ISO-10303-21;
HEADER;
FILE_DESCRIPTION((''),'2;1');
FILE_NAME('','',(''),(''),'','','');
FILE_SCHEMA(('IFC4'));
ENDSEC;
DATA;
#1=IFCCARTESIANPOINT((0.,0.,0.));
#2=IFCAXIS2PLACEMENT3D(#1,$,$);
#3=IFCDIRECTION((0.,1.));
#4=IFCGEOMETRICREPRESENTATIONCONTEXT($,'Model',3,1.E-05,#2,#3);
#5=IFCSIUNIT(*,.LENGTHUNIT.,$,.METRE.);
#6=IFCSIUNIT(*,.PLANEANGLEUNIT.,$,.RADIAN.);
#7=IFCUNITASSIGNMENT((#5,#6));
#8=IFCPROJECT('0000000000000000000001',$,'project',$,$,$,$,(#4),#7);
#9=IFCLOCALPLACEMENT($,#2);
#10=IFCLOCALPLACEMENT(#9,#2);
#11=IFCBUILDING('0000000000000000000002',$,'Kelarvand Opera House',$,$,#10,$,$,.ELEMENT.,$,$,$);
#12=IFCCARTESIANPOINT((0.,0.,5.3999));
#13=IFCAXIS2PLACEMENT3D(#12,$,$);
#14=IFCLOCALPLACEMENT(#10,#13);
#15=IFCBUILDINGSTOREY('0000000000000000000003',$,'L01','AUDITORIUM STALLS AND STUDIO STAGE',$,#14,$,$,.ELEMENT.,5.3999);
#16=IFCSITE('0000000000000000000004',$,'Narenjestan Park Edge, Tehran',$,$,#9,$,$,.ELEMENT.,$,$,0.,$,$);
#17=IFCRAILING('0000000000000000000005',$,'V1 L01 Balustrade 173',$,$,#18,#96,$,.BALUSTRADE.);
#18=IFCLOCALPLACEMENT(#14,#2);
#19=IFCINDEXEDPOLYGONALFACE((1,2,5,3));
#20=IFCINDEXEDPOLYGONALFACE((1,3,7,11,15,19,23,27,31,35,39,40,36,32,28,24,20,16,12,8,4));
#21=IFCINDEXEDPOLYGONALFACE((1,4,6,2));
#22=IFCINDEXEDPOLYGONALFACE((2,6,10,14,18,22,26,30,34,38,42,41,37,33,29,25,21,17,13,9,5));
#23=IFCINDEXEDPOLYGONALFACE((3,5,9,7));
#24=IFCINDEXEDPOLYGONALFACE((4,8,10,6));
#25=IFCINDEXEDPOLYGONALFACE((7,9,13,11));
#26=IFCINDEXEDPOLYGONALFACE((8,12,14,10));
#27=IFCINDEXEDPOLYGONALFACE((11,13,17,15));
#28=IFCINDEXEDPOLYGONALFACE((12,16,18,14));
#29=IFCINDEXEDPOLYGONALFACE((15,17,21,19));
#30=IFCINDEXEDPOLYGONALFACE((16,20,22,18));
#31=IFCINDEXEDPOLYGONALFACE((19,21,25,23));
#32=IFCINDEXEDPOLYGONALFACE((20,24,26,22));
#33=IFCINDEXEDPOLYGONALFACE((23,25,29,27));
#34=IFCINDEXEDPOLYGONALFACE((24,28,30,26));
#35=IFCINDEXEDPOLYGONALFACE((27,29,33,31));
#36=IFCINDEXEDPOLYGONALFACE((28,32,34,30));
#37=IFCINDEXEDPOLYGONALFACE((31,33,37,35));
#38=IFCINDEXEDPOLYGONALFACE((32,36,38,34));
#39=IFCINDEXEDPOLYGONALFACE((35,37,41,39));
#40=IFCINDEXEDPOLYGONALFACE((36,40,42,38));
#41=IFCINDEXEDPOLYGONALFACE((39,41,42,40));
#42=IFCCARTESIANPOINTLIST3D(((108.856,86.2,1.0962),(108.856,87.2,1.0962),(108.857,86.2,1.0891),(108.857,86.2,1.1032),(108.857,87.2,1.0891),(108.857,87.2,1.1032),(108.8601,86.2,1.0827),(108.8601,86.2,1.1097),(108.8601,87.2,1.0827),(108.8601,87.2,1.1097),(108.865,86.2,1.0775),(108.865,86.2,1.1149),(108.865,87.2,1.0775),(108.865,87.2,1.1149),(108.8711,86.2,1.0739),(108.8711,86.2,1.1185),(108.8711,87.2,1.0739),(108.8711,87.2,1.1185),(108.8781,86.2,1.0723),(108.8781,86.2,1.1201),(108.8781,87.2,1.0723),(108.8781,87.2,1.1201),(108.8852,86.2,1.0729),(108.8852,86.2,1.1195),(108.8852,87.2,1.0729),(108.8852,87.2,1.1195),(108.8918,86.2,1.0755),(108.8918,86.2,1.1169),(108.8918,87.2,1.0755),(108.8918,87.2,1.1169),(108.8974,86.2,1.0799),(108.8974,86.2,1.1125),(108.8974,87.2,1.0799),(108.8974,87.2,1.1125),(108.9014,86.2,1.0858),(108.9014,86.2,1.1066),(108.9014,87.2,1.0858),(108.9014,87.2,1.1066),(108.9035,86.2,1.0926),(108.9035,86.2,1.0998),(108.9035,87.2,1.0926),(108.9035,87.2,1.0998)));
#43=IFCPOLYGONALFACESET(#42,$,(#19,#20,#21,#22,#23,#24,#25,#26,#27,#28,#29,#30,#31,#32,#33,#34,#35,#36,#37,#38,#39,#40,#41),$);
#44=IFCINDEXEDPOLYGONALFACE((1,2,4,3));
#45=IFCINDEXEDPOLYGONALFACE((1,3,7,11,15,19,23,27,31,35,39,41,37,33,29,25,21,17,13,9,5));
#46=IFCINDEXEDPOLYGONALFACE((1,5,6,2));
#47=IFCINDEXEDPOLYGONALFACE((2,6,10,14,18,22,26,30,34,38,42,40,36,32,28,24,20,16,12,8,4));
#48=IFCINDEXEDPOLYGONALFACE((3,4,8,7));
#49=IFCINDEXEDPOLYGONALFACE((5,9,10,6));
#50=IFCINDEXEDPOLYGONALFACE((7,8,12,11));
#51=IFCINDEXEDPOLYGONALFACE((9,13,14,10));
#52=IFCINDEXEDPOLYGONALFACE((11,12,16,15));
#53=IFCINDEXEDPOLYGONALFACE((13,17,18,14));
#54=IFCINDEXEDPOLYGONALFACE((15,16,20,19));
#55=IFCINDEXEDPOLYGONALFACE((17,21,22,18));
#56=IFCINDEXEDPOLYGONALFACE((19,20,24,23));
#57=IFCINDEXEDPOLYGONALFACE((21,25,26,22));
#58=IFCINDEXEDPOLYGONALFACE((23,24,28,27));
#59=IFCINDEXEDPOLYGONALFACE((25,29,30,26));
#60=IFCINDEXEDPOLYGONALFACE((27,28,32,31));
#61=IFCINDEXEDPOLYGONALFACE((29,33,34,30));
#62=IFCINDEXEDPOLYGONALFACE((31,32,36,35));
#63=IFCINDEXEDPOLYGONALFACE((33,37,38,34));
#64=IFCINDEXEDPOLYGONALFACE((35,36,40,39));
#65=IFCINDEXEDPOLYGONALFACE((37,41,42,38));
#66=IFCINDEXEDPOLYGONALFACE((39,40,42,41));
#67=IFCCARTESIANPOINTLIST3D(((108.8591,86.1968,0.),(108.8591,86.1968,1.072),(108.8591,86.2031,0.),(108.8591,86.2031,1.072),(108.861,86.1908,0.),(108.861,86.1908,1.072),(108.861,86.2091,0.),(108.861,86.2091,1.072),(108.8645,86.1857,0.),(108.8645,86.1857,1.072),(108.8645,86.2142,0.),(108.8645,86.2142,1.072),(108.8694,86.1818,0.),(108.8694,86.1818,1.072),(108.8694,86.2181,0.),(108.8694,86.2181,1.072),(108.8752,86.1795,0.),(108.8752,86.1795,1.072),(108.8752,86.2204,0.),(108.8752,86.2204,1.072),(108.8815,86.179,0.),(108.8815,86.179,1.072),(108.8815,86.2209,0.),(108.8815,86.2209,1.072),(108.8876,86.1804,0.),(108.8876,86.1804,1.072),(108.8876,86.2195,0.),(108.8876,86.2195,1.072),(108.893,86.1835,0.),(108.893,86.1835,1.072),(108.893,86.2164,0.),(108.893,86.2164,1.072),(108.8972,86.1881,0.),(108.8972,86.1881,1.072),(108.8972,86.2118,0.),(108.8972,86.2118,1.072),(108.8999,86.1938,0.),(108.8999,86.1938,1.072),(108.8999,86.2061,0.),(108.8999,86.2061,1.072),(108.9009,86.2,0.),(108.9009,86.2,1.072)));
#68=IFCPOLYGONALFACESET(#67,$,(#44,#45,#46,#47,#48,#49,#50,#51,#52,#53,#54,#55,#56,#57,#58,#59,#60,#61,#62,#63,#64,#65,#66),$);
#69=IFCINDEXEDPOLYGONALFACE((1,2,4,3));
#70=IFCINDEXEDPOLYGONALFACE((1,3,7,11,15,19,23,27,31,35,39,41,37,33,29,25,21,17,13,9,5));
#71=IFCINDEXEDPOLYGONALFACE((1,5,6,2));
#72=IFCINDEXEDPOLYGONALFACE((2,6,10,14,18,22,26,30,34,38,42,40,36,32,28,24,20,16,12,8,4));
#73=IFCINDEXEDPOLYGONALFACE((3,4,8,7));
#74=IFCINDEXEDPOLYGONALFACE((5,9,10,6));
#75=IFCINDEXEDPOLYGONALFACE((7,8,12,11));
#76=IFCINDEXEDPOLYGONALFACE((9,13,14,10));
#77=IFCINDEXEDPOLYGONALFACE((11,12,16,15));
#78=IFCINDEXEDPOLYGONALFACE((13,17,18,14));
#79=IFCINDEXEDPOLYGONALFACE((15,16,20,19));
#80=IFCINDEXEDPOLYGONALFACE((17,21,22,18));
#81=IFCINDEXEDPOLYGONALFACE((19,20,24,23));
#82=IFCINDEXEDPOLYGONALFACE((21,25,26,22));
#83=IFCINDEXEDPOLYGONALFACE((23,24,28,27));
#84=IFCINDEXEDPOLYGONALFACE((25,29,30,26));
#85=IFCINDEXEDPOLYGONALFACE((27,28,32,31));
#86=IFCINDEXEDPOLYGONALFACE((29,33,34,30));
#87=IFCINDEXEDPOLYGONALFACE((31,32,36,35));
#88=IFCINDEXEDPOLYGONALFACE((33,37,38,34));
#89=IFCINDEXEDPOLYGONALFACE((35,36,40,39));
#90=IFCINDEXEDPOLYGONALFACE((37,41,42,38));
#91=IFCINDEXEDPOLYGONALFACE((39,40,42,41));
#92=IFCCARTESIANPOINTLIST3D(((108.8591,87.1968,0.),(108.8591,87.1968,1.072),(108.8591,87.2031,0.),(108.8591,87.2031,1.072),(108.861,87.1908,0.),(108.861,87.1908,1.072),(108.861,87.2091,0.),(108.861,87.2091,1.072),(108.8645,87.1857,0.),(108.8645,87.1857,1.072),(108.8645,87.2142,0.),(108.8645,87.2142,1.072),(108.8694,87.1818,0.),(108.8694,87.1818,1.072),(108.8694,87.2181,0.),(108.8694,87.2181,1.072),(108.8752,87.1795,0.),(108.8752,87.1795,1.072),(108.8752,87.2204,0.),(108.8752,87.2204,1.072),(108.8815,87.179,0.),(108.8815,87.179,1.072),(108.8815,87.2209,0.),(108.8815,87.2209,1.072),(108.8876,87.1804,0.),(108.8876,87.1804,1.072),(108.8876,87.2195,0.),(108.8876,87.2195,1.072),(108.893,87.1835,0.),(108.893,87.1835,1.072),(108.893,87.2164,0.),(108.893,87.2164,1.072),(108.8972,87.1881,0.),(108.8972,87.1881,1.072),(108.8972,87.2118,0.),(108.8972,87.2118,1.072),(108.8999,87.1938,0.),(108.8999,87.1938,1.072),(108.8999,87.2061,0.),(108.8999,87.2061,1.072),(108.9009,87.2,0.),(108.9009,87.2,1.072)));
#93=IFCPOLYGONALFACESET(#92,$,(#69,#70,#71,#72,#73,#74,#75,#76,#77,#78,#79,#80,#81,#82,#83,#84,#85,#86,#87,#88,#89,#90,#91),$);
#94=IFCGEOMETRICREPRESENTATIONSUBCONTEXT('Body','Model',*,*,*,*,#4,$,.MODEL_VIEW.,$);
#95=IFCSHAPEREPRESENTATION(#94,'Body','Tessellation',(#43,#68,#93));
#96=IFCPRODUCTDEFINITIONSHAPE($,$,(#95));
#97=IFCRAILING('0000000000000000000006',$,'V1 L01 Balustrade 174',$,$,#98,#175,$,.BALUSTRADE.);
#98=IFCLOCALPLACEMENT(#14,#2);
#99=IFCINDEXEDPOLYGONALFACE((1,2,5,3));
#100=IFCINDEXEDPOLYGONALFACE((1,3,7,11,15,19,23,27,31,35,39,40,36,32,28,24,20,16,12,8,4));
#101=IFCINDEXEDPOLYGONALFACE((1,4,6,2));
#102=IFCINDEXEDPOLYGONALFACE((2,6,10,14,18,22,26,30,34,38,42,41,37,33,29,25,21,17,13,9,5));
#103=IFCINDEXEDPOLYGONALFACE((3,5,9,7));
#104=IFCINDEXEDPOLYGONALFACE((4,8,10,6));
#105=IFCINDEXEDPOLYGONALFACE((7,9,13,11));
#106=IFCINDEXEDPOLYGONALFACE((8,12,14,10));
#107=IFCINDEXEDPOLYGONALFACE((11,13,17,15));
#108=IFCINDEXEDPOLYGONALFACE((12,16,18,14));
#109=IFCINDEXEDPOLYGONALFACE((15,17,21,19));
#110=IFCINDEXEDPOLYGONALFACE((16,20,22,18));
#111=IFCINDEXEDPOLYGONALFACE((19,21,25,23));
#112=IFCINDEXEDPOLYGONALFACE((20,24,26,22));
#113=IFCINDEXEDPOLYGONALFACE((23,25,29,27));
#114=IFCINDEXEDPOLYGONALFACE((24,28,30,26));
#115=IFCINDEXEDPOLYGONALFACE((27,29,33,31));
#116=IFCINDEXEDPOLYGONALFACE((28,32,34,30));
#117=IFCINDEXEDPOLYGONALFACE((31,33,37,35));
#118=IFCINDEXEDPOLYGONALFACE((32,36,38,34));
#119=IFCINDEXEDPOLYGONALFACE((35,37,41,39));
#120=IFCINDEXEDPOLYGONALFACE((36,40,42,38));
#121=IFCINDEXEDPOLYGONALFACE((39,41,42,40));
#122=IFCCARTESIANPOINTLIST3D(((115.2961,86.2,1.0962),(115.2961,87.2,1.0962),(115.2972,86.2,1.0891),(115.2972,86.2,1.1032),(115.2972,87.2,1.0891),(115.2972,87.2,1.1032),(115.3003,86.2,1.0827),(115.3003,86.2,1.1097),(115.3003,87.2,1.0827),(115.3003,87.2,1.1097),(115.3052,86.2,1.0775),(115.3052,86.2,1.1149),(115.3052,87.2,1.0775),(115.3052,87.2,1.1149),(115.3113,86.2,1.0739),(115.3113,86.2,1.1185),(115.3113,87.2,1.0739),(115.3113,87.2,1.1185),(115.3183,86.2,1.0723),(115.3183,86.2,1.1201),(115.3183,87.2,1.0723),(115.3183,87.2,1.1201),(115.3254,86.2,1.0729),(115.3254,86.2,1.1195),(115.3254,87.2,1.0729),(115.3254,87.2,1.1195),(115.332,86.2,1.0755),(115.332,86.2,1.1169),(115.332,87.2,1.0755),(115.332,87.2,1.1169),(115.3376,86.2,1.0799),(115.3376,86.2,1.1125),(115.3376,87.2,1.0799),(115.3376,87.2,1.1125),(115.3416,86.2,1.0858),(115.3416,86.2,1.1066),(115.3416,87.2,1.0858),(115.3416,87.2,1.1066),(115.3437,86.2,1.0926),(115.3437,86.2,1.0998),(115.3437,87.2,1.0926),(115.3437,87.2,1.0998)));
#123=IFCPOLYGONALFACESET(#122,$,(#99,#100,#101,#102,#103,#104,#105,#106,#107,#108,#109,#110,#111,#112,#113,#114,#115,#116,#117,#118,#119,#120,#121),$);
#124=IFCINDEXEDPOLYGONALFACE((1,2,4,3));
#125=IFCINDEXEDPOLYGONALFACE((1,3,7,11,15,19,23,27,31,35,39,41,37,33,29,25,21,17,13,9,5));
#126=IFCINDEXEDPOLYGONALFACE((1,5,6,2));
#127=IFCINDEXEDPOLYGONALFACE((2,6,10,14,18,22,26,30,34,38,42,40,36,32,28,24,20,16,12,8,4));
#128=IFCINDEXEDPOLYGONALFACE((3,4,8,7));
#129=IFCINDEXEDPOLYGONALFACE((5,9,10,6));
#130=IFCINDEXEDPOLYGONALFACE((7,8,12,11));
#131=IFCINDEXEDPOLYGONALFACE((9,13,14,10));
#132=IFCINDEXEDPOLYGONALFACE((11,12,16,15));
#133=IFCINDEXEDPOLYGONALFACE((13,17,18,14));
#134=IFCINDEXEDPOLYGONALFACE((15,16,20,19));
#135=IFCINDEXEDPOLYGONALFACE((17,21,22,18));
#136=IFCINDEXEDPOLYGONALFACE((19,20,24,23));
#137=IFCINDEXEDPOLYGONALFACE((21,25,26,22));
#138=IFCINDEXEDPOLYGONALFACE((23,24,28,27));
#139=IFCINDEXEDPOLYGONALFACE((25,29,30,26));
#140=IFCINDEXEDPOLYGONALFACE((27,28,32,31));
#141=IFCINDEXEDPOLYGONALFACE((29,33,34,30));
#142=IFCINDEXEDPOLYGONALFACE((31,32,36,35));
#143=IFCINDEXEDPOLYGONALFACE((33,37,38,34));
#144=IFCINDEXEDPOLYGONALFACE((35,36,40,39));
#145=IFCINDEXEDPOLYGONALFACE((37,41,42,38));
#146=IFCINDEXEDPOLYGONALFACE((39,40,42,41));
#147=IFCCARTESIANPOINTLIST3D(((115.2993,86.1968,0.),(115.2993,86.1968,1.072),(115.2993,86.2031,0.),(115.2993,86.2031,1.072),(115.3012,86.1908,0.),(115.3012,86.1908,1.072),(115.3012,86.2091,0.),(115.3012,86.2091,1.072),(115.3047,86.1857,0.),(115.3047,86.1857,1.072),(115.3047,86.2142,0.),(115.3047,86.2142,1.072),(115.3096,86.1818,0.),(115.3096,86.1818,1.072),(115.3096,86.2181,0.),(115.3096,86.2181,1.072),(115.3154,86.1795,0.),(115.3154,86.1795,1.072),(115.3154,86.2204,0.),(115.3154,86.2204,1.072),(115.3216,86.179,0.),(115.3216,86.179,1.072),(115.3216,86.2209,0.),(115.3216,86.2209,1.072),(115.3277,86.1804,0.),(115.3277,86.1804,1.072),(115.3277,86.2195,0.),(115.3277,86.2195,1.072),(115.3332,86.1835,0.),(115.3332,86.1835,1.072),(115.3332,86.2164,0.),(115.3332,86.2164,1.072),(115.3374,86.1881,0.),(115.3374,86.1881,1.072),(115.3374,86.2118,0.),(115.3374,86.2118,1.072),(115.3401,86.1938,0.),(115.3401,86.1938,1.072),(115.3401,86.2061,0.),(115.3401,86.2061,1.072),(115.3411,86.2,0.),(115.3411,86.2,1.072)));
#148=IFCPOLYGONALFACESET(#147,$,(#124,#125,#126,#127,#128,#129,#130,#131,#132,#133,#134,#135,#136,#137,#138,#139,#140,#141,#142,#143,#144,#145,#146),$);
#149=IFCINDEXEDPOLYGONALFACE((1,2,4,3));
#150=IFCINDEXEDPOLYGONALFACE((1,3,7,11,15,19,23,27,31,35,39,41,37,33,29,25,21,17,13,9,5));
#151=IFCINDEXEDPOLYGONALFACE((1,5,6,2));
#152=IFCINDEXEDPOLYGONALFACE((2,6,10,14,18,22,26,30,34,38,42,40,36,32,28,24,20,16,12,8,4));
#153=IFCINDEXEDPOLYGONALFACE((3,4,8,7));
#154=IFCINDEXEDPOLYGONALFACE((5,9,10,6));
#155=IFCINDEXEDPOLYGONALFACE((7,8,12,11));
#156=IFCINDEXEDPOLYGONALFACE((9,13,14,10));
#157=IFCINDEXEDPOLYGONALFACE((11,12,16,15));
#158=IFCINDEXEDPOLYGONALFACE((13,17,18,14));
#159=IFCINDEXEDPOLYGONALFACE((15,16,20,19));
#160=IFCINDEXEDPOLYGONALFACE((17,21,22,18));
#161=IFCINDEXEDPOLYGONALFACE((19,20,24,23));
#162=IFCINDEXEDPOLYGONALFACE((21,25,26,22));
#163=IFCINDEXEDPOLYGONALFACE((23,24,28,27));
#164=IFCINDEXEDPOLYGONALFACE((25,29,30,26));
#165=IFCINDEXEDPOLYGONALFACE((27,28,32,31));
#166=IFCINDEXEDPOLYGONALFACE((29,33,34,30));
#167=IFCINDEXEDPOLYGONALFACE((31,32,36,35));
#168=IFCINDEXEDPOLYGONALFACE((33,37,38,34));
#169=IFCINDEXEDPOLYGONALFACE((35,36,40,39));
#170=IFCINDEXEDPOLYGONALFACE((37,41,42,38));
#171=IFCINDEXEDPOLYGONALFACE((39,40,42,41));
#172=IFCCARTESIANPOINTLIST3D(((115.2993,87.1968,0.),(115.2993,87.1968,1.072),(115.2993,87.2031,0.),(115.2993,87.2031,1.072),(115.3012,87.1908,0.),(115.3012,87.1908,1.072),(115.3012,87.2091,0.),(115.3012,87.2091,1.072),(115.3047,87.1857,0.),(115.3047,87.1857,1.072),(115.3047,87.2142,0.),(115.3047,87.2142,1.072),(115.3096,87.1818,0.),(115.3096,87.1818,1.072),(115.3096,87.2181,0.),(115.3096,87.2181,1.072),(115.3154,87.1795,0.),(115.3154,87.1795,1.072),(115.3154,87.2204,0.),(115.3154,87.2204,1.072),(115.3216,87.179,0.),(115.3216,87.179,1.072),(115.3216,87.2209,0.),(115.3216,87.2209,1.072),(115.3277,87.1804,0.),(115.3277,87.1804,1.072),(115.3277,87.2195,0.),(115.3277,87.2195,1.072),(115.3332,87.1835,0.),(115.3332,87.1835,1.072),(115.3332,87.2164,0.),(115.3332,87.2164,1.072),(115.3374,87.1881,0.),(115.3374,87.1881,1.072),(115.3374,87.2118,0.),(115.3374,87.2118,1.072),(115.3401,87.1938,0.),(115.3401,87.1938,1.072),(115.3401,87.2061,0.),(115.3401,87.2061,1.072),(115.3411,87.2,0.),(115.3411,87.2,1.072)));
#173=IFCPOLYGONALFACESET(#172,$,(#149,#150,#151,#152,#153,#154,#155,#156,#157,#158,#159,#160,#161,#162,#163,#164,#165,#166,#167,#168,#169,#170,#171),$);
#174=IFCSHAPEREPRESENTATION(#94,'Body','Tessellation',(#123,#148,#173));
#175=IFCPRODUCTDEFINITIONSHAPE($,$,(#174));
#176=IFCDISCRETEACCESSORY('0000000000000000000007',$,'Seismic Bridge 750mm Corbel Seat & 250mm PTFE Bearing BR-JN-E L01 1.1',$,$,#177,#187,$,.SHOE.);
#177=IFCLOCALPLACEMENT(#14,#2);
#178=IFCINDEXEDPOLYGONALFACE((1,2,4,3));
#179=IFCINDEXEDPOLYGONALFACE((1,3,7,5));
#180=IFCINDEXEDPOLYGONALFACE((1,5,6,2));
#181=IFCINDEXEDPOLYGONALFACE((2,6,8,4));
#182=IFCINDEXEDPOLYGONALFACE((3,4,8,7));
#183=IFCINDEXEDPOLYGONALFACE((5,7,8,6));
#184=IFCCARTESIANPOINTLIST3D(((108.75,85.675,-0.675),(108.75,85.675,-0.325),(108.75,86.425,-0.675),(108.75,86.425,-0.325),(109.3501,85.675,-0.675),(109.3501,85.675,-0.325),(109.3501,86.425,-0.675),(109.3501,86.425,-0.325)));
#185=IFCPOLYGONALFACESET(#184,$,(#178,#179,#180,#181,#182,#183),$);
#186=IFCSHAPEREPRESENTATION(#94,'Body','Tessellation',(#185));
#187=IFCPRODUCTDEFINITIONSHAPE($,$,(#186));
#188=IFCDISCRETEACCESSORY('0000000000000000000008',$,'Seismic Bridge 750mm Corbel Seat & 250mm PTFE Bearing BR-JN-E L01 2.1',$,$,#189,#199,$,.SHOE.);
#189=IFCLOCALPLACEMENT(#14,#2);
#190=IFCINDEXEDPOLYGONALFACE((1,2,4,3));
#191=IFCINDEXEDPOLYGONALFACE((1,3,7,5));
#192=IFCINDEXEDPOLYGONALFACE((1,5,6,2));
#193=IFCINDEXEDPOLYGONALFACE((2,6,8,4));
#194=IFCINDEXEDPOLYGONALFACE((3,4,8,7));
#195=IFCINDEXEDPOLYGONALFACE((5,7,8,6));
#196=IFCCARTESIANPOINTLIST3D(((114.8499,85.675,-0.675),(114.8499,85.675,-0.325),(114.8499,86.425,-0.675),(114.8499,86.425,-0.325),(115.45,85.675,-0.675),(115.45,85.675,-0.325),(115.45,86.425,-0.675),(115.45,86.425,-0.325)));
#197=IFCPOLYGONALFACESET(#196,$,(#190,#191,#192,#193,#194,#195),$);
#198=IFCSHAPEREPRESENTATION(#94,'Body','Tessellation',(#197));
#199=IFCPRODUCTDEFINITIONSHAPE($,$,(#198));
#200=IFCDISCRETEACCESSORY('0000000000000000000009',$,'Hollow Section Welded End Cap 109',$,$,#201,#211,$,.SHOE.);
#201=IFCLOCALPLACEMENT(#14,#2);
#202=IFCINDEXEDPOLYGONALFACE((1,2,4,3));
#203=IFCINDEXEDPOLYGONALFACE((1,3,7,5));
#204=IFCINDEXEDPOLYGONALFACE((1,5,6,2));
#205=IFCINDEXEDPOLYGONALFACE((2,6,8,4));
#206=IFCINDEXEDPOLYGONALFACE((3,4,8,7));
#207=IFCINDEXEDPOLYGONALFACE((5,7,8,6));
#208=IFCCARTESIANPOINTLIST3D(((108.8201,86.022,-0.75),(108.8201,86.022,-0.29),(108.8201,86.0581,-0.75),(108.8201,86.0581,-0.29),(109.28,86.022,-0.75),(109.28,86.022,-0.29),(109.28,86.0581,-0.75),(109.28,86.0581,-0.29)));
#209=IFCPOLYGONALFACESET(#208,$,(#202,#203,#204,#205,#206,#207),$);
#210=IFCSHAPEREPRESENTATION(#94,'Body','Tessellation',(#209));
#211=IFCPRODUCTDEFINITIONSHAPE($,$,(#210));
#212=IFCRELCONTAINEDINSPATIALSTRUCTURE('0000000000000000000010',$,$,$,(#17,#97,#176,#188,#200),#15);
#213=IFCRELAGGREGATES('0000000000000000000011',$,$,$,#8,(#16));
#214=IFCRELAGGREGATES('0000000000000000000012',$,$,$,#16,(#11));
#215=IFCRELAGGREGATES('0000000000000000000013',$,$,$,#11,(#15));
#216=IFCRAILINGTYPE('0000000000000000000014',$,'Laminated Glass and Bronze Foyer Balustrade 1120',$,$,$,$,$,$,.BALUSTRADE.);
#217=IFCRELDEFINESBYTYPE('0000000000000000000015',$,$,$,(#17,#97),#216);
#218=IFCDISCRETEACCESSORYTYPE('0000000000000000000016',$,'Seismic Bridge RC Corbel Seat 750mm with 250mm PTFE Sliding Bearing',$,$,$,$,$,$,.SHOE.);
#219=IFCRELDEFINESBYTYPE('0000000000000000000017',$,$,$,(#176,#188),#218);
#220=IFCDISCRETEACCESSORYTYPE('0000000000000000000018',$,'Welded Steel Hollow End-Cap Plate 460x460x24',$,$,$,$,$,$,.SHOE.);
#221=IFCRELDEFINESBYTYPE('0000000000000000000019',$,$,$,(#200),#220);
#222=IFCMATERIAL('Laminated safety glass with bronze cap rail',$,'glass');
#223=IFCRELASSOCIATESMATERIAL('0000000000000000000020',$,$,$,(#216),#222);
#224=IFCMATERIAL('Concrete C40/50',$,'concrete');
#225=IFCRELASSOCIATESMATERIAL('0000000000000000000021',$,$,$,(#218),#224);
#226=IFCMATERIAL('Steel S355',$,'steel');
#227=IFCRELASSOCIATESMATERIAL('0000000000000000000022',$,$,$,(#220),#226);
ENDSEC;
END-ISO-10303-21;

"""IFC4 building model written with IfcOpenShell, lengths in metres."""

from ifc_helpers import new_model, si_unit, direction, frame, origin, origin_2d, place, context, subcontext, project, spatial, rectangle, circle, extrude, material, material_profile, profile_set, type_object, element, save


model = new_model("IFC4")

# Units and contexts
model_context = context("Model", 3, precision=1e-05, world=origin(), true_north=direction((0.0, 1.0)))
body_context = subcontext(model_context, "Body", "Model", "MODEL_VIEW")
ifc_project = project(units=[si_unit("LENGTHUNIT", "METRE"), si_unit("PLANEANGLEUNIT", "RADIAN")], contexts=[model_context])

# Site, building, storey
site_placement = place(None, origin())
site = spatial("IfcSite", under=ifc_project, at=site_placement, Name="Narenjestan Park Edge, Tehran", CompositionType="ELEMENT", RefElevation=0.0)
building_placement = place(site_placement, origin())
building = spatial("IfcBuilding", under=site, at=building_placement, Name="Kelarvand Opera House", CompositionType="ELEMENT")
storey_placement = place(building_placement, frame((0.0, 0.0, 5.3999)))
storey = spatial("IfcBuildingStorey", under=building, at=storey_placement, Name="L01", Description="AUDITORIUM STALLS AND STUDIO STAGE", CompositionType="ELEMENT", Elevation=5.3999)

# Shared definitions
ifc_material_1 = material(Name="Concrete C40/50", Category="concrete")

# Shared definitions
ifc_material_2 = material(Name="Steel S355", Category="steel")

# Railings
ifc_material_3 = material(Name="Laminated safety glass with bronze cap rail", Category="glass")
railing_type = type_object("IfcRailingType", Name="Laminated Glass and Bronze Foyer Balustrade 1120", PredefinedType="BALUSTRADE", material=ifc_material_3)
for number, where, name in (
    (1, (108.8799, 86.2, 0.0), "V1 L01 Balustrade 173"),
    (2, (115.3201, 86.2, 0.0), "V1 L01 Balustrade 174"),
):
    element("IfcRailing", number, at=place(storey_placement, frame(where)), inside=storey, type_object=railing_type, Name=name, PredefinedType="BALUSTRADE", context=body_context, shape_type="SweptSolid", body=[
        extrude(circle(Radius=0.0239, at=origin_2d()), frame((0.0, 0.0, 1.0962), z_axis=(0.0, 1.0, 0.0), x_axis=(-1.0, 0.0, 0.0)), (0.0, 0.0, 1.0), 1.0),
        extrude(circle(Radius=0.021, at=origin_2d()), origin(), (0.0, 0.0, 1.0), 1.072),
        extrude(circle(Radius=0.021, at=origin_2d()), frame((0.0, 1.0, 0.0)), (0.0, 0.0, 1.0), 1.072),
    ])

# Discrete accessories
discrete_accessory_type_1 = type_object("IfcDiscreteAccessoryType", Name="Seismic Bridge RC Corbel Seat 750mm with 250mm PTFE Sliding Bearing", PredefinedType="SHOE", material=ifc_material_1)
for number, where, z_axis, x_axis, name in (
    (3, (109.05, 86.05, -0.675), (0.0, 0.0, 1.0), (0.0, 1.0, 0.0), "Seismic Bridge 750mm Corbel Seat & 250mm PTFE Bearing BR-JN-E L01 1.1"),
    (4, (115.1499, 86.05, -0.675), (0.0, 0.0, 1.0), (0.0, 1.0, 0.0), "Seismic Bridge 750mm Corbel Seat & 250mm PTFE Bearing BR-JN-E L01 2.1"),
):
    element("IfcDiscreteAccessory", number, at=place(storey_placement, frame(where, z_axis=z_axis, x_axis=x_axis)), inside=storey, type_object=discrete_accessory_type_1, Name=name, PredefinedType="SHOE", context=body_context, shape_type="SweptSolid", body=[
        extrude(rectangle(XDim=0.75, YDim=0.6001, at=origin_2d()), origin(), (0.0, 0.0, 1.0), 0.3501),
    ])
ifc_material_profile_1 = material_profile(ifc_material_2, rectangle(XDim=0.46, YDim=0.46, at=origin_2d()), Name="Welded Steel Hollow End-Cap Plate 460x460x24", Category="steel")
ifc_profile_set_1 = profile_set([ifc_material_profile_1], Name="Steel S355")
discrete_accessory_type_2 = type_object("IfcDiscreteAccessoryType", Name="Welded Steel Hollow End-Cap Plate 460x460x24", PredefinedType="SHOE", material=ifc_profile_set_1)
for number, where, z_axis, x_axis, name in (
    (5, (109.05, 86.0581, -0.52), (0.0, -1.0, 0.0), (1.0, 0.0, 0.0), "Hollow Section Welded End Cap 109"),
):
    element("IfcDiscreteAccessory", number, at=place(storey_placement, frame(where, z_axis=z_axis, x_axis=x_axis)), inside=storey, type_object=discrete_accessory_type_2, Name=name, PredefinedType="SHOE", context=body_context, shape_type="SweptSolid", body=[
        extrude(rectangle(XDim=0.46, YDim=0.46, at=origin_2d()), origin(), (0.0, 0.0, 1.0), 0.0361),
    ])

save(model, "model.ifc")
